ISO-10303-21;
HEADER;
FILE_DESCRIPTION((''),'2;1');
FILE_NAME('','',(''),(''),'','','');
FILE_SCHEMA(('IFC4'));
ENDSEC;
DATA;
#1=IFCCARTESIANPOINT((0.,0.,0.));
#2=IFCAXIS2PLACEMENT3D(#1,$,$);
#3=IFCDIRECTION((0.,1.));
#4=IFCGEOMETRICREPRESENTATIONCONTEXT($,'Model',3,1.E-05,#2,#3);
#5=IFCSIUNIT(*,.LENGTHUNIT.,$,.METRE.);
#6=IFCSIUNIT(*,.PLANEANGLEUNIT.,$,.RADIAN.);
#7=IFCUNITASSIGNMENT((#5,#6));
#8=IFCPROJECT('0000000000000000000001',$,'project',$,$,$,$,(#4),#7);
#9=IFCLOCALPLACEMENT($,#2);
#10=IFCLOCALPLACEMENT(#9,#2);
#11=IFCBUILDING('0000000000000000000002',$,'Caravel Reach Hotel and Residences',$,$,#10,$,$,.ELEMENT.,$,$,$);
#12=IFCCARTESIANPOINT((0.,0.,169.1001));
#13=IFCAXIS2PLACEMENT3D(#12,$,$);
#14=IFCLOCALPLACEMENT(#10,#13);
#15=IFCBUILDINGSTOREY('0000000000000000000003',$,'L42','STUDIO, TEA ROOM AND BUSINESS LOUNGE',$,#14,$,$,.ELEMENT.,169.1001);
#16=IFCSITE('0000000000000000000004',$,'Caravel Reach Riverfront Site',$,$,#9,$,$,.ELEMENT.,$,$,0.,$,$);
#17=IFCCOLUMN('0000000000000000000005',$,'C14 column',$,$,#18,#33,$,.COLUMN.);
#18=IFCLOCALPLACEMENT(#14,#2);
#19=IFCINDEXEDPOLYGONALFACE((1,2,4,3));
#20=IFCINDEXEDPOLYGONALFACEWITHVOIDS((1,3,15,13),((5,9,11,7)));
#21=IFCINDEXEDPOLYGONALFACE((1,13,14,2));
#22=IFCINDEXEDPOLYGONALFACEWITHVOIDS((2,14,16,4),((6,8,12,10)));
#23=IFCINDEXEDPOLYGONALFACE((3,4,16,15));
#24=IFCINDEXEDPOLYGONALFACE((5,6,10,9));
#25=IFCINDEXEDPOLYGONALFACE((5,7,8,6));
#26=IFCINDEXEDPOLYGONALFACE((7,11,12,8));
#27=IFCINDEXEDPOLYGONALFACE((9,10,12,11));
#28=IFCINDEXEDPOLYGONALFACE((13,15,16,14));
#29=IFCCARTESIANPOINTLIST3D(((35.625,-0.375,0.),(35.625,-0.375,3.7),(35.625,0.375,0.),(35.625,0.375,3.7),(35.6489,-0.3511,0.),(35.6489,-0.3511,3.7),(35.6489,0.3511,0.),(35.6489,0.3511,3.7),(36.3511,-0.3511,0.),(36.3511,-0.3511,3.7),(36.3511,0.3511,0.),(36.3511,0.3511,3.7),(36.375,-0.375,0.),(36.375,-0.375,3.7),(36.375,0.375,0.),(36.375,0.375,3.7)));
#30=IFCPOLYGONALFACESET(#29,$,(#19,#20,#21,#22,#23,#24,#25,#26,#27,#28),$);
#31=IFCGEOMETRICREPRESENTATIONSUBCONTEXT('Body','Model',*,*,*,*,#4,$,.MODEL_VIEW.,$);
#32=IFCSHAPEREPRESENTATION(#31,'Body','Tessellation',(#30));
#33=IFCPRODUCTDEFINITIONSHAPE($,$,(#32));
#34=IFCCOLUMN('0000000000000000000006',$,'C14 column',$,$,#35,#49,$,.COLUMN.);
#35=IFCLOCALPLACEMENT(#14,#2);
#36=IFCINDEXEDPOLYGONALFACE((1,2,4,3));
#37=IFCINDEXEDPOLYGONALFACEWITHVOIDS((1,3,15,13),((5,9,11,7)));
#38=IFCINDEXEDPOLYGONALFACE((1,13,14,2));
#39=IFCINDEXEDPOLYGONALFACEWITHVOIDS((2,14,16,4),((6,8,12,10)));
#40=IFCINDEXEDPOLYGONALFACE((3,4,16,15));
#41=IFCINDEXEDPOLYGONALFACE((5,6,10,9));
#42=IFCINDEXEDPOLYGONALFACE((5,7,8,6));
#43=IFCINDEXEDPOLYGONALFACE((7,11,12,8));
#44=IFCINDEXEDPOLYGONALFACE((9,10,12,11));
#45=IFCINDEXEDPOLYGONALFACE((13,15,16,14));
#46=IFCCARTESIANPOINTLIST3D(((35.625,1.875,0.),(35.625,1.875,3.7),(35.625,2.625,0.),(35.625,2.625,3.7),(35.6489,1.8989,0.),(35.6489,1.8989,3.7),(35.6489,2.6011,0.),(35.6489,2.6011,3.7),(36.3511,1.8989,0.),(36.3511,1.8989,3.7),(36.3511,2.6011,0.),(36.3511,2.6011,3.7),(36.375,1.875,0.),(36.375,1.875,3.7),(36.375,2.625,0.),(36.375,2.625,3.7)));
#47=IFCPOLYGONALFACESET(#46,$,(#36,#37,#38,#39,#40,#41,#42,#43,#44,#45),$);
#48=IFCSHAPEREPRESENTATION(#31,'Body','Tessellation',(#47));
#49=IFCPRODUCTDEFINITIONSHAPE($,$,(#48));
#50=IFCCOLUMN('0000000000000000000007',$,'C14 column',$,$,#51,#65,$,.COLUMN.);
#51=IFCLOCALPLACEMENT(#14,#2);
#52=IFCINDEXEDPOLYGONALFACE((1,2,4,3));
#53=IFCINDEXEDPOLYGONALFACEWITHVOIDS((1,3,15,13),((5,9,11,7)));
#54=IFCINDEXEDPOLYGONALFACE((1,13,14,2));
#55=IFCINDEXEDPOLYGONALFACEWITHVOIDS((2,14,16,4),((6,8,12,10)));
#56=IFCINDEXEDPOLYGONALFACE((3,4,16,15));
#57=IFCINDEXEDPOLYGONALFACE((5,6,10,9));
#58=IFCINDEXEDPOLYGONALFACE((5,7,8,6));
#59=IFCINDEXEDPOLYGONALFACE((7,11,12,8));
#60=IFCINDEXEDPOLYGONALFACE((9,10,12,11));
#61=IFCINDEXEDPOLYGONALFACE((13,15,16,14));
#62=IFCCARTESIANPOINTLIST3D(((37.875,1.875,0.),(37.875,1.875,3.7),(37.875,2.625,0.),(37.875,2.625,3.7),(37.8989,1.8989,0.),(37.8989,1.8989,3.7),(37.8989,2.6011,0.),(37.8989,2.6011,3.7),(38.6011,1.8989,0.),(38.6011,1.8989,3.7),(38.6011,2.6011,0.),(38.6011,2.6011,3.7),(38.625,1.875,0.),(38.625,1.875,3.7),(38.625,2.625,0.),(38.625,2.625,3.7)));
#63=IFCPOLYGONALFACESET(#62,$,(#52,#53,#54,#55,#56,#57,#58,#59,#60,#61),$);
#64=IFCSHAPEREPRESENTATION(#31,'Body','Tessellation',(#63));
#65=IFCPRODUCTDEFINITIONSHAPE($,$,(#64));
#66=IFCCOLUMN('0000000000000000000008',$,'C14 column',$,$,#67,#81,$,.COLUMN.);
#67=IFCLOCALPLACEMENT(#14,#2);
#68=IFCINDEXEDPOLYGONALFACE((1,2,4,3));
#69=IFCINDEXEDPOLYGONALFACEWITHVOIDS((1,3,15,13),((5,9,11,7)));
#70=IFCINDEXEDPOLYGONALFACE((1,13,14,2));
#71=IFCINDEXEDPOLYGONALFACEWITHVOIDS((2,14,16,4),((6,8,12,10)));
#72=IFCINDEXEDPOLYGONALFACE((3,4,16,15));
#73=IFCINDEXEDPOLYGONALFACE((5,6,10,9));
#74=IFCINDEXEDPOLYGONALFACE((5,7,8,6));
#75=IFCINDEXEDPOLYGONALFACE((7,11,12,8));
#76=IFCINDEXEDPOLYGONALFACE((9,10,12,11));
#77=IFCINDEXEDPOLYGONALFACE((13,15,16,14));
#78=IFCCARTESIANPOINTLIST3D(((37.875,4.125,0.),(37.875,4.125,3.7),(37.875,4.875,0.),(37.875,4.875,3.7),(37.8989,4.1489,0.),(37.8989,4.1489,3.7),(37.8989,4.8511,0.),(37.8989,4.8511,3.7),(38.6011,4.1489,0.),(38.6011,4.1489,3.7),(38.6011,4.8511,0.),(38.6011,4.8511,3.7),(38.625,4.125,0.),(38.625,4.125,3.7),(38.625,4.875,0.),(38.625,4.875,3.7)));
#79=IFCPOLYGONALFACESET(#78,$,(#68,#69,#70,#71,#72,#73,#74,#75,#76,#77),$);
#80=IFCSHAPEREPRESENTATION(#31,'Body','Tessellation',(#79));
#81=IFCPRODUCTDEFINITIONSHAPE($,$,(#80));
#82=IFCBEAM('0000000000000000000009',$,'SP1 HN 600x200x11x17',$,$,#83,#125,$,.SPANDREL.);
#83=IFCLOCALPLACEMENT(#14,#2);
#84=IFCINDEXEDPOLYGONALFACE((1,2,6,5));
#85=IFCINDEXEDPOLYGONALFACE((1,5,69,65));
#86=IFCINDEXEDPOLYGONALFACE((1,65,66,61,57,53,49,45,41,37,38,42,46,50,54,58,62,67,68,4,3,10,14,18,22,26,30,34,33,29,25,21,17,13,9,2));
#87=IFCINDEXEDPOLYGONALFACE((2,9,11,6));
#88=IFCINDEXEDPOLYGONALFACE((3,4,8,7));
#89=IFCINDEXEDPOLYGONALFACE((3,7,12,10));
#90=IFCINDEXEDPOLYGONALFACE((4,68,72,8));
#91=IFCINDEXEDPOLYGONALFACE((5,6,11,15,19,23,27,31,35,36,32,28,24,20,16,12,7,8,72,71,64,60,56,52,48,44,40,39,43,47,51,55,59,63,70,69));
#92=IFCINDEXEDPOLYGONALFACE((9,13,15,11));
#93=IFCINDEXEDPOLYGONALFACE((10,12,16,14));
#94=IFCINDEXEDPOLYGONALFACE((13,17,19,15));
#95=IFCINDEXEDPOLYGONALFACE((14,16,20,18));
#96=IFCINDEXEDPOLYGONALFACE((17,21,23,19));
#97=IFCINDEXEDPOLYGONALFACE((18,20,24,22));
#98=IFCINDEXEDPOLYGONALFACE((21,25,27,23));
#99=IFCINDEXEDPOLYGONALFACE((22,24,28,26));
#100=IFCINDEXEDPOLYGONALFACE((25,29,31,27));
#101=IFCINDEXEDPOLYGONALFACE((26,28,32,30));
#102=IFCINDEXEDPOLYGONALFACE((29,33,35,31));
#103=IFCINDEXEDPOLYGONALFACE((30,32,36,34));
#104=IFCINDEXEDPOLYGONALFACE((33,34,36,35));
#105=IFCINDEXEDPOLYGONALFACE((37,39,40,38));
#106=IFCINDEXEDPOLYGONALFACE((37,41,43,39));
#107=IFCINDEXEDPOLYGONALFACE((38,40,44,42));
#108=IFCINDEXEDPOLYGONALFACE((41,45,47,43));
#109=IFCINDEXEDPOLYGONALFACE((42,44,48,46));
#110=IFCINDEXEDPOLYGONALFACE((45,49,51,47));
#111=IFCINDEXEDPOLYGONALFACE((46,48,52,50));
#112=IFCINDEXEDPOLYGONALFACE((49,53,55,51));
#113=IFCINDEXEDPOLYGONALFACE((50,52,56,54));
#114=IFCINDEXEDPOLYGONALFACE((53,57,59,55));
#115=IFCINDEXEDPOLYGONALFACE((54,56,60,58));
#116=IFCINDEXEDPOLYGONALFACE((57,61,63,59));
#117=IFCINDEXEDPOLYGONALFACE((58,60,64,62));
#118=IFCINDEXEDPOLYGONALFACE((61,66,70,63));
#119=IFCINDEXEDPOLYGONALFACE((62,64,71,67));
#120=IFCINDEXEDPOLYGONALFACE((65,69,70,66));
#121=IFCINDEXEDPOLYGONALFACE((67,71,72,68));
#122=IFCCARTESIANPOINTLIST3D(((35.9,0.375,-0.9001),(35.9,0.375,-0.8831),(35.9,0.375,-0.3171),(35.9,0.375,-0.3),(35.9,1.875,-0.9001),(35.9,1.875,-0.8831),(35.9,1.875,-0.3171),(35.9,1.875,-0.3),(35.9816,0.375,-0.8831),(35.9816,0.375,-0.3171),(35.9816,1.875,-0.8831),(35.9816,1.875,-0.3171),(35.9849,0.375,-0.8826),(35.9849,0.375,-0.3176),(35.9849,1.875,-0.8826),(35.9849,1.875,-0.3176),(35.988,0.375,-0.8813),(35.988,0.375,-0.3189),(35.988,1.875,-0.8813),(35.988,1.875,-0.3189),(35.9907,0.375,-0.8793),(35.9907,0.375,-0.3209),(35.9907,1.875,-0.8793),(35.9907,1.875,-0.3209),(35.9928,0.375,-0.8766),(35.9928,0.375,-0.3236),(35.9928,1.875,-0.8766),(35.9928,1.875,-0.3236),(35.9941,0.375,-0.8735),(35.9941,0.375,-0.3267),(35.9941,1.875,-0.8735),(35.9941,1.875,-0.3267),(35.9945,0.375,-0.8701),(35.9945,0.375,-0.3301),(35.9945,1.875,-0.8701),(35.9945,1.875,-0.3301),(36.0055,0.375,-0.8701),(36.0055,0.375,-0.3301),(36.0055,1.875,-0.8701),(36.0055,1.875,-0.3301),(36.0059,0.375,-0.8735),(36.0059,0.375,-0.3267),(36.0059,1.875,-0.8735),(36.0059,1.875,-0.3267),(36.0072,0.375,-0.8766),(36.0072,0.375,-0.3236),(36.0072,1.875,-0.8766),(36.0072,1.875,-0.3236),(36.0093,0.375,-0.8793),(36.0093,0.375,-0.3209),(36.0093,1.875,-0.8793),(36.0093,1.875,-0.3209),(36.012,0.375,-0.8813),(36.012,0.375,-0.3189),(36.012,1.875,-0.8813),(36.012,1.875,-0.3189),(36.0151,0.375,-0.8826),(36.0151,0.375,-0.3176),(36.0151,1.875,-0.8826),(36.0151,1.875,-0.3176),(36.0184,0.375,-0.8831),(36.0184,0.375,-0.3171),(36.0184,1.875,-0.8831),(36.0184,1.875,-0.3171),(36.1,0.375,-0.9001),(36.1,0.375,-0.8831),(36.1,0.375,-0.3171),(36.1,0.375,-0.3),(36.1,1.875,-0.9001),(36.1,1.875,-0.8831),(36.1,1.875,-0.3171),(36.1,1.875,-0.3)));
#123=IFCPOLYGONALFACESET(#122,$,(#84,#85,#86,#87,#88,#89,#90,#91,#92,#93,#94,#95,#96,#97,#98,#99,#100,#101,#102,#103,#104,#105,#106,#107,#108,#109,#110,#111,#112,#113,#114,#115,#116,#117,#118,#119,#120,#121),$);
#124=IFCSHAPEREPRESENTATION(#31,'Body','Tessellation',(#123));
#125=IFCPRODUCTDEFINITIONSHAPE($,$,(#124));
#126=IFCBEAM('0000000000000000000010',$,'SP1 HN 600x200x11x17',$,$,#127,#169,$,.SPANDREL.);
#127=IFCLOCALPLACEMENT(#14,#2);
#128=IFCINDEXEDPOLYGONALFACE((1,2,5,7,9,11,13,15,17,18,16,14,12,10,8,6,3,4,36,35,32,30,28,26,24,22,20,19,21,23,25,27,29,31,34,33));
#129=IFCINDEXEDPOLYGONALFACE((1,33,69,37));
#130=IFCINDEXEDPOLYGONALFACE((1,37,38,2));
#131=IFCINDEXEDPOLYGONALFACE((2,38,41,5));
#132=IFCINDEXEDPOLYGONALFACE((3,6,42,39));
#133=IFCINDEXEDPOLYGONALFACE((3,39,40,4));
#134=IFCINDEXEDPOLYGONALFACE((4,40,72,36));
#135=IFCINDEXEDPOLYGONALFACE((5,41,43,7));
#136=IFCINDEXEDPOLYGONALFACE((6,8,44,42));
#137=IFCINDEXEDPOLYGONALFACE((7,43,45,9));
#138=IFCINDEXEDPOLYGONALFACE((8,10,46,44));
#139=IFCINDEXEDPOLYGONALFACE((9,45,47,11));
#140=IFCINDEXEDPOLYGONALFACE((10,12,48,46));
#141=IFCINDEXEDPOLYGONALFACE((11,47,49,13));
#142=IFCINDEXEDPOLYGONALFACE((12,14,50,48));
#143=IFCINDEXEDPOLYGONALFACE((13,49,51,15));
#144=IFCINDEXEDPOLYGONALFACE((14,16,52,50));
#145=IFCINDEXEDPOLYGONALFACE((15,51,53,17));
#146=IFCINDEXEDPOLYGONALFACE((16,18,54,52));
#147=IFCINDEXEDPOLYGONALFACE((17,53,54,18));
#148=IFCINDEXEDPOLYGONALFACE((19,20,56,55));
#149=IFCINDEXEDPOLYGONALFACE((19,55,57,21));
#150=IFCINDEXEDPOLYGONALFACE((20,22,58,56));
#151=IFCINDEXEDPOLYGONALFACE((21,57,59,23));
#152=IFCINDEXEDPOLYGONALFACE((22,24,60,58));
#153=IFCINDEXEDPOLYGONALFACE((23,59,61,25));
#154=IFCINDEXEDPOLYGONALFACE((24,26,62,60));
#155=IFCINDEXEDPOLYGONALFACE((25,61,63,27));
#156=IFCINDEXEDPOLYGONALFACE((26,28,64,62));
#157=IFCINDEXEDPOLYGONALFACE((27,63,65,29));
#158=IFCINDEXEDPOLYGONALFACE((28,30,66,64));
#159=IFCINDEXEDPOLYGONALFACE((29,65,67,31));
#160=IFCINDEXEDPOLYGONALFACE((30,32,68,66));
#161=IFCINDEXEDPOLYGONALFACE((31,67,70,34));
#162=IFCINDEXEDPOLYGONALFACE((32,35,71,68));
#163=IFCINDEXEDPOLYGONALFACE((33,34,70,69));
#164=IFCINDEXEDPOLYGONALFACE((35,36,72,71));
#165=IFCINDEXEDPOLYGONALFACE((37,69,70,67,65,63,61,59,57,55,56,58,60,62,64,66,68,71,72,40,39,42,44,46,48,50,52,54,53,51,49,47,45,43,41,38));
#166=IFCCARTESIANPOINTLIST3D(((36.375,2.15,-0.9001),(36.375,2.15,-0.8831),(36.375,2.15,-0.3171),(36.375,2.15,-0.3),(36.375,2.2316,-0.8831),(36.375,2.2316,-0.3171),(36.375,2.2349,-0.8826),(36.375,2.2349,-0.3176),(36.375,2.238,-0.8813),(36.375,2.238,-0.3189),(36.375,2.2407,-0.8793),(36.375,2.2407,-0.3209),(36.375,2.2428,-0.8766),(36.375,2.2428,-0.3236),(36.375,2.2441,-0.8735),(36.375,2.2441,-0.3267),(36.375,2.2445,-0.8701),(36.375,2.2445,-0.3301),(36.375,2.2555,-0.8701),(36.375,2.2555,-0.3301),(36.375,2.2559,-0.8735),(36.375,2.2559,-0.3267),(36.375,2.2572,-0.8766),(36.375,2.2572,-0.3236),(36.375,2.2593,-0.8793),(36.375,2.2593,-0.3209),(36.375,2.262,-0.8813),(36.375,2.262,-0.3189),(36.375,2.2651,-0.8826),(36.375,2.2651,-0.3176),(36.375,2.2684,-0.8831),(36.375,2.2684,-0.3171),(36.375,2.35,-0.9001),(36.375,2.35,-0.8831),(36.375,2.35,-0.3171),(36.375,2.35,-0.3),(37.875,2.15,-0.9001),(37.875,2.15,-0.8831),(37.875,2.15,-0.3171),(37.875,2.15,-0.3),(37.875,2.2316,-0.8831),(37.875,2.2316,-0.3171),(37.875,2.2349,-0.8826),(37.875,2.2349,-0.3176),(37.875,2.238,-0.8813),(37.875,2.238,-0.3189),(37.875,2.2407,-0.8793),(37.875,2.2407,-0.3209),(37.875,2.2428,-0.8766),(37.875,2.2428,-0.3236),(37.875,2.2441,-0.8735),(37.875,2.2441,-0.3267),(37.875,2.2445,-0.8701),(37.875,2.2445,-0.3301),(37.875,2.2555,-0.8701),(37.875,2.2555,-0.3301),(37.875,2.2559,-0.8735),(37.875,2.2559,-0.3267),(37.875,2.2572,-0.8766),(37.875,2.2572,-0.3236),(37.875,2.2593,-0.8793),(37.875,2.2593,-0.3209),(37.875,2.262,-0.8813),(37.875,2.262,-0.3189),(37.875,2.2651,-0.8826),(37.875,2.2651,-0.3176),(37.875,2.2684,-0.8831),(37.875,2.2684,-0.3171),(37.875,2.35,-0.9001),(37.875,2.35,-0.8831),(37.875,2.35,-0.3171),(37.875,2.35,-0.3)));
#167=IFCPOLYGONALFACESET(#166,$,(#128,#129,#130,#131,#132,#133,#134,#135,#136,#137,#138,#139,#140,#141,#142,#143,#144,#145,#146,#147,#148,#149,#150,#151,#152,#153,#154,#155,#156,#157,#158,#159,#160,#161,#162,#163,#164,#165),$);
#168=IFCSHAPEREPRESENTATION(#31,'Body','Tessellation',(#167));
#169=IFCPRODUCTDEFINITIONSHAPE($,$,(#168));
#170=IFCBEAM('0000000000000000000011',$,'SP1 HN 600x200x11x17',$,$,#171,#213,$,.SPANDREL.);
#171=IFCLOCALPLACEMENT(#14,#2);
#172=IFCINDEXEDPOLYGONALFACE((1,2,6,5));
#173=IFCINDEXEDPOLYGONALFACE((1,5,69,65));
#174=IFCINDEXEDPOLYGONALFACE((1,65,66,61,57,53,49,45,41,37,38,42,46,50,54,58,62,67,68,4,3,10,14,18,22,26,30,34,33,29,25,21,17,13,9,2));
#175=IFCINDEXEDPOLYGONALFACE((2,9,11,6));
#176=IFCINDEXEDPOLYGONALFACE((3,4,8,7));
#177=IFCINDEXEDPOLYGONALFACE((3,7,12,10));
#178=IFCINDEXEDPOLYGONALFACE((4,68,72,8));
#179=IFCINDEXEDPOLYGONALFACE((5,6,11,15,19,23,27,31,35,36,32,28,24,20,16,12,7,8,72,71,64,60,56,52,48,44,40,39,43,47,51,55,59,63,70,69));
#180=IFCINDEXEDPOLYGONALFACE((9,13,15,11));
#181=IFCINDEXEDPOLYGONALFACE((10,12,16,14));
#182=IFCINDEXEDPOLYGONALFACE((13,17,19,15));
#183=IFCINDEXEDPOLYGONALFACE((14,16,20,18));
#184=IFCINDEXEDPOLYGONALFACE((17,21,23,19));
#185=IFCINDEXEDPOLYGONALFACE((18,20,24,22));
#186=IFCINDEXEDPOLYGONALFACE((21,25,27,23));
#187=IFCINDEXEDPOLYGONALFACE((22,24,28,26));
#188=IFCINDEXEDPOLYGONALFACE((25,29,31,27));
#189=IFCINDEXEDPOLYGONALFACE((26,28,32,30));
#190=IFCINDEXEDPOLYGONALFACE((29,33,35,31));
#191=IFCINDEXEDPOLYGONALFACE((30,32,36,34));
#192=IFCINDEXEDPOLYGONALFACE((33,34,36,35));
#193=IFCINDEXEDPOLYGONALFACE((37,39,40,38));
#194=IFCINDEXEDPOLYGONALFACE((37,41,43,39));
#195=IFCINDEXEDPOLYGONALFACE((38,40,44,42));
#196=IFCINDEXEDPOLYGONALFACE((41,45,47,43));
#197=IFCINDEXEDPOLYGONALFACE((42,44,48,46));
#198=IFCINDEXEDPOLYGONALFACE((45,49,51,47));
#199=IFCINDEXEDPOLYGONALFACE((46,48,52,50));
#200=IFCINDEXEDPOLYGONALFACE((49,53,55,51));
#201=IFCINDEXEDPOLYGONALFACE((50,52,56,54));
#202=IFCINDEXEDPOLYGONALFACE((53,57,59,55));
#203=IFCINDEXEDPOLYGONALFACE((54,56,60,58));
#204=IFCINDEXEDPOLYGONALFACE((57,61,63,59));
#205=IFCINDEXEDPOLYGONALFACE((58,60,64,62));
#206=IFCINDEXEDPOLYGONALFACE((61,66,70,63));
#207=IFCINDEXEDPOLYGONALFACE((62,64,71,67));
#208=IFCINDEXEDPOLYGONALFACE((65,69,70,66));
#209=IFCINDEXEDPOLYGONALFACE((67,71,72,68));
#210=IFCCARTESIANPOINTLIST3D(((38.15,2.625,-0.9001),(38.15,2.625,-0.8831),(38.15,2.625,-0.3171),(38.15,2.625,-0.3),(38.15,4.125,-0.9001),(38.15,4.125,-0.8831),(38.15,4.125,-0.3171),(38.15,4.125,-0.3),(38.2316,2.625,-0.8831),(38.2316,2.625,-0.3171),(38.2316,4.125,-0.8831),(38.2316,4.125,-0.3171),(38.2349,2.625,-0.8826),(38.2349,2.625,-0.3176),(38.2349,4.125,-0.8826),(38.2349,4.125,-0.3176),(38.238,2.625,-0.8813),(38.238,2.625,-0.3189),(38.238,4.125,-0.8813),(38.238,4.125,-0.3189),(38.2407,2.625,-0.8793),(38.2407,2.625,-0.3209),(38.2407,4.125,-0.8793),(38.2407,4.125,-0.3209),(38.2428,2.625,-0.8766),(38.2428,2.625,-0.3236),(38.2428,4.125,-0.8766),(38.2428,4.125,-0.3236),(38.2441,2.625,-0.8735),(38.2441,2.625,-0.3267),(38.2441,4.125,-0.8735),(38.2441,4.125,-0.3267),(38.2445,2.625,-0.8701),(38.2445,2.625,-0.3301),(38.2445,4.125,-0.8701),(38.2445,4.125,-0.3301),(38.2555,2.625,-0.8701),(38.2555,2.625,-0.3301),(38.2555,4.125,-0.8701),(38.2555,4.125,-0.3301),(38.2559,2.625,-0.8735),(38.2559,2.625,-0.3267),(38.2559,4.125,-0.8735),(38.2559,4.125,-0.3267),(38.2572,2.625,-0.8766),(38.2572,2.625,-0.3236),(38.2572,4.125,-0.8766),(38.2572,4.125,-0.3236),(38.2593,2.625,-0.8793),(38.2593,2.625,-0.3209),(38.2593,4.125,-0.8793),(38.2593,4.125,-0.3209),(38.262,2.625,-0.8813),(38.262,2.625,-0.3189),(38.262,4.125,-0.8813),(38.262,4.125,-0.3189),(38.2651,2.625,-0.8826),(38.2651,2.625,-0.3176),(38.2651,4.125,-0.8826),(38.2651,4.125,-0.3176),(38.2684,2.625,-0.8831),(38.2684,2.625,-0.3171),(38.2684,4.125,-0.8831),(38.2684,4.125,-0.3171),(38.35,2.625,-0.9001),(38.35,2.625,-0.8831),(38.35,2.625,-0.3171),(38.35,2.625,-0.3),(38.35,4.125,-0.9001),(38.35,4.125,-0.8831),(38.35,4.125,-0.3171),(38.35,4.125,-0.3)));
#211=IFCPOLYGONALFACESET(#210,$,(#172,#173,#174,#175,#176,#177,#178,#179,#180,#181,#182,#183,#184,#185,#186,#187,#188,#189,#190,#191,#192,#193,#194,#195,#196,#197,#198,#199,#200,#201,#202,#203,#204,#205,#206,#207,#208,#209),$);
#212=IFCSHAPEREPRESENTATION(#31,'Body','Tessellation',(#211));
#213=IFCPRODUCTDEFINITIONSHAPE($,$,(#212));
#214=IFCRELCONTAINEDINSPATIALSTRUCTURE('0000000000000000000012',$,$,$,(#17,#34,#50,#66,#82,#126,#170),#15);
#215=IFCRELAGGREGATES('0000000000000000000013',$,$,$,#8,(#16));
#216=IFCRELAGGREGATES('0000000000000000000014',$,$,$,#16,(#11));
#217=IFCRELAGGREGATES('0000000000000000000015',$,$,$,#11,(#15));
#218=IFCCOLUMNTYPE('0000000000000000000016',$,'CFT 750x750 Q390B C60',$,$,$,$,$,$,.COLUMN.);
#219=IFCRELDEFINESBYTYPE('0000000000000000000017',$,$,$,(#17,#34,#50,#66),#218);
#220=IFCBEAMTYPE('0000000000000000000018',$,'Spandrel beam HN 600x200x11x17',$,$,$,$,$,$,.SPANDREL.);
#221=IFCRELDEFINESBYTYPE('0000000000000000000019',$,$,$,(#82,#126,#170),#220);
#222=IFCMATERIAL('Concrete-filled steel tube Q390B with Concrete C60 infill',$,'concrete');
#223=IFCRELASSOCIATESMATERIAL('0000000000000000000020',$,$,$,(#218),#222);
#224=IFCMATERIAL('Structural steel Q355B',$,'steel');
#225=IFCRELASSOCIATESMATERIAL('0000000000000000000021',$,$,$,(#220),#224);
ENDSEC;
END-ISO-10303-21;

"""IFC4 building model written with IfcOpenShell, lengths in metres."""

from ifc_helpers import new_model, si_unit, direction, frame, origin, origin_2d, place, context, subcontext, project, spatial, hollow_rectangle, i_section, extrude, material, material_profile, profile_set, type_object, element, save


model = new_model("IFC4")

# Units and contexts
model_context = context("Model", 3, precision=1e-05, world=origin(), true_north=direction((0.0, 1.0)))
body_context = subcontext(model_context, "Body", "Model", "MODEL_VIEW")
ifc_project = project(units=[si_unit("LENGTHUNIT", "METRE"), si_unit("PLANEANGLEUNIT", "RADIAN")], contexts=[model_context])

# Site, building, storey
site_placement = place(None, origin())
site = spatial("IfcSite", under=ifc_project, at=site_placement, Name="Caravel Reach Riverfront Site", CompositionType="ELEMENT", RefElevation=0.0)
building_placement = place(site_placement, origin())
building = spatial("IfcBuilding", under=site, at=building_placement, Name="Caravel Reach Hotel and Residences", CompositionType="ELEMENT")
storey_placement = place(building_placement, frame((0.0, 0.0, 169.1001)))
storey = spatial("IfcBuildingStorey", under=building, at=storey_placement, Name="L42", Description="STUDIO, TEA ROOM AND BUSINESS LOUNGE", CompositionType="ELEMENT", Elevation=169.1001)

# Columns
ifc_material_1 = material(Name="Concrete-filled steel tube Q390B with Concrete C60 infill", Category="concrete")
ifc_material_profile_1 = material_profile(ifc_material_1, hollow_rectangle(XDim=0.75, YDim=0.75, WallThickness=0.0239, at=origin_2d()), Name="RHS 750x750x24")
ifc_profile_set_1 = profile_set([ifc_material_profile_1], Name="Concrete-filled steel tube Q390B with Concrete C60 infill")
column_type = type_object("IfcColumnType", Name="CFT 750x750 Q390B C60", PredefinedType="COLUMN", material=ifc_profile_set_1)
for number, where, z_axis, x_axis, name in (
    (1, (36.0, 0.0, 0.0), (0.0, 0.0, 1.0), (1.0, 0.0, 0.0), "C14 column"),
    (2, (36.0, 2.25, 0.0), (0.0, 0.0, 1.0), (1.0, 0.0, 0.0), "C14 column"),
    (3, (38.25, 2.25, 0.0), (0.0, 0.0, 1.0), (1.0, 0.0, 0.0), "C14 column"),
    (4, (38.25, 4.5, 0.0), (0.0, 0.0, 1.0), (1.0, 0.0, 0.0), "C14 column"),
):
    element("IfcColumn", number, at=place(storey_placement, frame(where, z_axis=z_axis, x_axis=x_axis)), inside=storey, type_object=column_type, Name=name, PredefinedType="COLUMN", context=body_context, shape_type="SweptSolid", body=[
        extrude(hollow_rectangle(XDim=0.75, YDim=0.75, WallThickness=0.0239, at=origin_2d()), origin(), (0.0, 0.0, 1.0), 3.7),
    ])

# Beams
ifc_material_2 = material(Name="Structural steel Q355B", Category="steel")
ifc_material_profile_2 = material_profile(ifc_material_2, i_section(OverallWidth=0.2, OverallDepth=0.6001, WebThickness=0.011, FlangeThickness=0.0171, FilletRadius=0.0129, at=origin_2d()), Name="HN 600x200x11x17")
ifc_profile_set_2 = profile_set([ifc_material_profile_2], Name="Structural steel Q355B")
beam_type = type_object("IfcBeamType", Name="Spandrel beam HN 600x200x11x17", PredefinedType="SPANDREL", material=ifc_profile_set_2)
for number, where, z_axis, x_axis, name in (
    (5, (36.0, 0.375, -0.6001), (0.0, 1.0, 0.0), (-1.0, 0.0, 0.0), "SP1 HN 600x200x11x17"),
    (6, (36.375, 2.25, -0.6001), (1.0, 0.0, 0.0), (0.0, 1.0, 0.0), "SP1 HN 600x200x11x17"),
    (7, (38.25, 2.625, -0.6001), (0.0, 1.0, 0.0), (-1.0, 0.0, 0.0), "SP1 HN 600x200x11x17"),
):
    element("IfcBeam", number, at=place(storey_placement, frame(where, z_axis=z_axis, x_axis=x_axis)), inside=storey, type_object=beam_type, Name=name, PredefinedType="SPANDREL", context=body_context, shape_type="SweptSolid", body=[
        extrude(i_section(OverallWidth=0.2, OverallDepth=0.6001, WebThickness=0.011, FlangeThickness=0.0171, FilletRadius=0.0129, at=origin_2d()), origin(), (0.0, 0.0, 1.0), 1.5),
    ])

save(model, "model.ifc")
